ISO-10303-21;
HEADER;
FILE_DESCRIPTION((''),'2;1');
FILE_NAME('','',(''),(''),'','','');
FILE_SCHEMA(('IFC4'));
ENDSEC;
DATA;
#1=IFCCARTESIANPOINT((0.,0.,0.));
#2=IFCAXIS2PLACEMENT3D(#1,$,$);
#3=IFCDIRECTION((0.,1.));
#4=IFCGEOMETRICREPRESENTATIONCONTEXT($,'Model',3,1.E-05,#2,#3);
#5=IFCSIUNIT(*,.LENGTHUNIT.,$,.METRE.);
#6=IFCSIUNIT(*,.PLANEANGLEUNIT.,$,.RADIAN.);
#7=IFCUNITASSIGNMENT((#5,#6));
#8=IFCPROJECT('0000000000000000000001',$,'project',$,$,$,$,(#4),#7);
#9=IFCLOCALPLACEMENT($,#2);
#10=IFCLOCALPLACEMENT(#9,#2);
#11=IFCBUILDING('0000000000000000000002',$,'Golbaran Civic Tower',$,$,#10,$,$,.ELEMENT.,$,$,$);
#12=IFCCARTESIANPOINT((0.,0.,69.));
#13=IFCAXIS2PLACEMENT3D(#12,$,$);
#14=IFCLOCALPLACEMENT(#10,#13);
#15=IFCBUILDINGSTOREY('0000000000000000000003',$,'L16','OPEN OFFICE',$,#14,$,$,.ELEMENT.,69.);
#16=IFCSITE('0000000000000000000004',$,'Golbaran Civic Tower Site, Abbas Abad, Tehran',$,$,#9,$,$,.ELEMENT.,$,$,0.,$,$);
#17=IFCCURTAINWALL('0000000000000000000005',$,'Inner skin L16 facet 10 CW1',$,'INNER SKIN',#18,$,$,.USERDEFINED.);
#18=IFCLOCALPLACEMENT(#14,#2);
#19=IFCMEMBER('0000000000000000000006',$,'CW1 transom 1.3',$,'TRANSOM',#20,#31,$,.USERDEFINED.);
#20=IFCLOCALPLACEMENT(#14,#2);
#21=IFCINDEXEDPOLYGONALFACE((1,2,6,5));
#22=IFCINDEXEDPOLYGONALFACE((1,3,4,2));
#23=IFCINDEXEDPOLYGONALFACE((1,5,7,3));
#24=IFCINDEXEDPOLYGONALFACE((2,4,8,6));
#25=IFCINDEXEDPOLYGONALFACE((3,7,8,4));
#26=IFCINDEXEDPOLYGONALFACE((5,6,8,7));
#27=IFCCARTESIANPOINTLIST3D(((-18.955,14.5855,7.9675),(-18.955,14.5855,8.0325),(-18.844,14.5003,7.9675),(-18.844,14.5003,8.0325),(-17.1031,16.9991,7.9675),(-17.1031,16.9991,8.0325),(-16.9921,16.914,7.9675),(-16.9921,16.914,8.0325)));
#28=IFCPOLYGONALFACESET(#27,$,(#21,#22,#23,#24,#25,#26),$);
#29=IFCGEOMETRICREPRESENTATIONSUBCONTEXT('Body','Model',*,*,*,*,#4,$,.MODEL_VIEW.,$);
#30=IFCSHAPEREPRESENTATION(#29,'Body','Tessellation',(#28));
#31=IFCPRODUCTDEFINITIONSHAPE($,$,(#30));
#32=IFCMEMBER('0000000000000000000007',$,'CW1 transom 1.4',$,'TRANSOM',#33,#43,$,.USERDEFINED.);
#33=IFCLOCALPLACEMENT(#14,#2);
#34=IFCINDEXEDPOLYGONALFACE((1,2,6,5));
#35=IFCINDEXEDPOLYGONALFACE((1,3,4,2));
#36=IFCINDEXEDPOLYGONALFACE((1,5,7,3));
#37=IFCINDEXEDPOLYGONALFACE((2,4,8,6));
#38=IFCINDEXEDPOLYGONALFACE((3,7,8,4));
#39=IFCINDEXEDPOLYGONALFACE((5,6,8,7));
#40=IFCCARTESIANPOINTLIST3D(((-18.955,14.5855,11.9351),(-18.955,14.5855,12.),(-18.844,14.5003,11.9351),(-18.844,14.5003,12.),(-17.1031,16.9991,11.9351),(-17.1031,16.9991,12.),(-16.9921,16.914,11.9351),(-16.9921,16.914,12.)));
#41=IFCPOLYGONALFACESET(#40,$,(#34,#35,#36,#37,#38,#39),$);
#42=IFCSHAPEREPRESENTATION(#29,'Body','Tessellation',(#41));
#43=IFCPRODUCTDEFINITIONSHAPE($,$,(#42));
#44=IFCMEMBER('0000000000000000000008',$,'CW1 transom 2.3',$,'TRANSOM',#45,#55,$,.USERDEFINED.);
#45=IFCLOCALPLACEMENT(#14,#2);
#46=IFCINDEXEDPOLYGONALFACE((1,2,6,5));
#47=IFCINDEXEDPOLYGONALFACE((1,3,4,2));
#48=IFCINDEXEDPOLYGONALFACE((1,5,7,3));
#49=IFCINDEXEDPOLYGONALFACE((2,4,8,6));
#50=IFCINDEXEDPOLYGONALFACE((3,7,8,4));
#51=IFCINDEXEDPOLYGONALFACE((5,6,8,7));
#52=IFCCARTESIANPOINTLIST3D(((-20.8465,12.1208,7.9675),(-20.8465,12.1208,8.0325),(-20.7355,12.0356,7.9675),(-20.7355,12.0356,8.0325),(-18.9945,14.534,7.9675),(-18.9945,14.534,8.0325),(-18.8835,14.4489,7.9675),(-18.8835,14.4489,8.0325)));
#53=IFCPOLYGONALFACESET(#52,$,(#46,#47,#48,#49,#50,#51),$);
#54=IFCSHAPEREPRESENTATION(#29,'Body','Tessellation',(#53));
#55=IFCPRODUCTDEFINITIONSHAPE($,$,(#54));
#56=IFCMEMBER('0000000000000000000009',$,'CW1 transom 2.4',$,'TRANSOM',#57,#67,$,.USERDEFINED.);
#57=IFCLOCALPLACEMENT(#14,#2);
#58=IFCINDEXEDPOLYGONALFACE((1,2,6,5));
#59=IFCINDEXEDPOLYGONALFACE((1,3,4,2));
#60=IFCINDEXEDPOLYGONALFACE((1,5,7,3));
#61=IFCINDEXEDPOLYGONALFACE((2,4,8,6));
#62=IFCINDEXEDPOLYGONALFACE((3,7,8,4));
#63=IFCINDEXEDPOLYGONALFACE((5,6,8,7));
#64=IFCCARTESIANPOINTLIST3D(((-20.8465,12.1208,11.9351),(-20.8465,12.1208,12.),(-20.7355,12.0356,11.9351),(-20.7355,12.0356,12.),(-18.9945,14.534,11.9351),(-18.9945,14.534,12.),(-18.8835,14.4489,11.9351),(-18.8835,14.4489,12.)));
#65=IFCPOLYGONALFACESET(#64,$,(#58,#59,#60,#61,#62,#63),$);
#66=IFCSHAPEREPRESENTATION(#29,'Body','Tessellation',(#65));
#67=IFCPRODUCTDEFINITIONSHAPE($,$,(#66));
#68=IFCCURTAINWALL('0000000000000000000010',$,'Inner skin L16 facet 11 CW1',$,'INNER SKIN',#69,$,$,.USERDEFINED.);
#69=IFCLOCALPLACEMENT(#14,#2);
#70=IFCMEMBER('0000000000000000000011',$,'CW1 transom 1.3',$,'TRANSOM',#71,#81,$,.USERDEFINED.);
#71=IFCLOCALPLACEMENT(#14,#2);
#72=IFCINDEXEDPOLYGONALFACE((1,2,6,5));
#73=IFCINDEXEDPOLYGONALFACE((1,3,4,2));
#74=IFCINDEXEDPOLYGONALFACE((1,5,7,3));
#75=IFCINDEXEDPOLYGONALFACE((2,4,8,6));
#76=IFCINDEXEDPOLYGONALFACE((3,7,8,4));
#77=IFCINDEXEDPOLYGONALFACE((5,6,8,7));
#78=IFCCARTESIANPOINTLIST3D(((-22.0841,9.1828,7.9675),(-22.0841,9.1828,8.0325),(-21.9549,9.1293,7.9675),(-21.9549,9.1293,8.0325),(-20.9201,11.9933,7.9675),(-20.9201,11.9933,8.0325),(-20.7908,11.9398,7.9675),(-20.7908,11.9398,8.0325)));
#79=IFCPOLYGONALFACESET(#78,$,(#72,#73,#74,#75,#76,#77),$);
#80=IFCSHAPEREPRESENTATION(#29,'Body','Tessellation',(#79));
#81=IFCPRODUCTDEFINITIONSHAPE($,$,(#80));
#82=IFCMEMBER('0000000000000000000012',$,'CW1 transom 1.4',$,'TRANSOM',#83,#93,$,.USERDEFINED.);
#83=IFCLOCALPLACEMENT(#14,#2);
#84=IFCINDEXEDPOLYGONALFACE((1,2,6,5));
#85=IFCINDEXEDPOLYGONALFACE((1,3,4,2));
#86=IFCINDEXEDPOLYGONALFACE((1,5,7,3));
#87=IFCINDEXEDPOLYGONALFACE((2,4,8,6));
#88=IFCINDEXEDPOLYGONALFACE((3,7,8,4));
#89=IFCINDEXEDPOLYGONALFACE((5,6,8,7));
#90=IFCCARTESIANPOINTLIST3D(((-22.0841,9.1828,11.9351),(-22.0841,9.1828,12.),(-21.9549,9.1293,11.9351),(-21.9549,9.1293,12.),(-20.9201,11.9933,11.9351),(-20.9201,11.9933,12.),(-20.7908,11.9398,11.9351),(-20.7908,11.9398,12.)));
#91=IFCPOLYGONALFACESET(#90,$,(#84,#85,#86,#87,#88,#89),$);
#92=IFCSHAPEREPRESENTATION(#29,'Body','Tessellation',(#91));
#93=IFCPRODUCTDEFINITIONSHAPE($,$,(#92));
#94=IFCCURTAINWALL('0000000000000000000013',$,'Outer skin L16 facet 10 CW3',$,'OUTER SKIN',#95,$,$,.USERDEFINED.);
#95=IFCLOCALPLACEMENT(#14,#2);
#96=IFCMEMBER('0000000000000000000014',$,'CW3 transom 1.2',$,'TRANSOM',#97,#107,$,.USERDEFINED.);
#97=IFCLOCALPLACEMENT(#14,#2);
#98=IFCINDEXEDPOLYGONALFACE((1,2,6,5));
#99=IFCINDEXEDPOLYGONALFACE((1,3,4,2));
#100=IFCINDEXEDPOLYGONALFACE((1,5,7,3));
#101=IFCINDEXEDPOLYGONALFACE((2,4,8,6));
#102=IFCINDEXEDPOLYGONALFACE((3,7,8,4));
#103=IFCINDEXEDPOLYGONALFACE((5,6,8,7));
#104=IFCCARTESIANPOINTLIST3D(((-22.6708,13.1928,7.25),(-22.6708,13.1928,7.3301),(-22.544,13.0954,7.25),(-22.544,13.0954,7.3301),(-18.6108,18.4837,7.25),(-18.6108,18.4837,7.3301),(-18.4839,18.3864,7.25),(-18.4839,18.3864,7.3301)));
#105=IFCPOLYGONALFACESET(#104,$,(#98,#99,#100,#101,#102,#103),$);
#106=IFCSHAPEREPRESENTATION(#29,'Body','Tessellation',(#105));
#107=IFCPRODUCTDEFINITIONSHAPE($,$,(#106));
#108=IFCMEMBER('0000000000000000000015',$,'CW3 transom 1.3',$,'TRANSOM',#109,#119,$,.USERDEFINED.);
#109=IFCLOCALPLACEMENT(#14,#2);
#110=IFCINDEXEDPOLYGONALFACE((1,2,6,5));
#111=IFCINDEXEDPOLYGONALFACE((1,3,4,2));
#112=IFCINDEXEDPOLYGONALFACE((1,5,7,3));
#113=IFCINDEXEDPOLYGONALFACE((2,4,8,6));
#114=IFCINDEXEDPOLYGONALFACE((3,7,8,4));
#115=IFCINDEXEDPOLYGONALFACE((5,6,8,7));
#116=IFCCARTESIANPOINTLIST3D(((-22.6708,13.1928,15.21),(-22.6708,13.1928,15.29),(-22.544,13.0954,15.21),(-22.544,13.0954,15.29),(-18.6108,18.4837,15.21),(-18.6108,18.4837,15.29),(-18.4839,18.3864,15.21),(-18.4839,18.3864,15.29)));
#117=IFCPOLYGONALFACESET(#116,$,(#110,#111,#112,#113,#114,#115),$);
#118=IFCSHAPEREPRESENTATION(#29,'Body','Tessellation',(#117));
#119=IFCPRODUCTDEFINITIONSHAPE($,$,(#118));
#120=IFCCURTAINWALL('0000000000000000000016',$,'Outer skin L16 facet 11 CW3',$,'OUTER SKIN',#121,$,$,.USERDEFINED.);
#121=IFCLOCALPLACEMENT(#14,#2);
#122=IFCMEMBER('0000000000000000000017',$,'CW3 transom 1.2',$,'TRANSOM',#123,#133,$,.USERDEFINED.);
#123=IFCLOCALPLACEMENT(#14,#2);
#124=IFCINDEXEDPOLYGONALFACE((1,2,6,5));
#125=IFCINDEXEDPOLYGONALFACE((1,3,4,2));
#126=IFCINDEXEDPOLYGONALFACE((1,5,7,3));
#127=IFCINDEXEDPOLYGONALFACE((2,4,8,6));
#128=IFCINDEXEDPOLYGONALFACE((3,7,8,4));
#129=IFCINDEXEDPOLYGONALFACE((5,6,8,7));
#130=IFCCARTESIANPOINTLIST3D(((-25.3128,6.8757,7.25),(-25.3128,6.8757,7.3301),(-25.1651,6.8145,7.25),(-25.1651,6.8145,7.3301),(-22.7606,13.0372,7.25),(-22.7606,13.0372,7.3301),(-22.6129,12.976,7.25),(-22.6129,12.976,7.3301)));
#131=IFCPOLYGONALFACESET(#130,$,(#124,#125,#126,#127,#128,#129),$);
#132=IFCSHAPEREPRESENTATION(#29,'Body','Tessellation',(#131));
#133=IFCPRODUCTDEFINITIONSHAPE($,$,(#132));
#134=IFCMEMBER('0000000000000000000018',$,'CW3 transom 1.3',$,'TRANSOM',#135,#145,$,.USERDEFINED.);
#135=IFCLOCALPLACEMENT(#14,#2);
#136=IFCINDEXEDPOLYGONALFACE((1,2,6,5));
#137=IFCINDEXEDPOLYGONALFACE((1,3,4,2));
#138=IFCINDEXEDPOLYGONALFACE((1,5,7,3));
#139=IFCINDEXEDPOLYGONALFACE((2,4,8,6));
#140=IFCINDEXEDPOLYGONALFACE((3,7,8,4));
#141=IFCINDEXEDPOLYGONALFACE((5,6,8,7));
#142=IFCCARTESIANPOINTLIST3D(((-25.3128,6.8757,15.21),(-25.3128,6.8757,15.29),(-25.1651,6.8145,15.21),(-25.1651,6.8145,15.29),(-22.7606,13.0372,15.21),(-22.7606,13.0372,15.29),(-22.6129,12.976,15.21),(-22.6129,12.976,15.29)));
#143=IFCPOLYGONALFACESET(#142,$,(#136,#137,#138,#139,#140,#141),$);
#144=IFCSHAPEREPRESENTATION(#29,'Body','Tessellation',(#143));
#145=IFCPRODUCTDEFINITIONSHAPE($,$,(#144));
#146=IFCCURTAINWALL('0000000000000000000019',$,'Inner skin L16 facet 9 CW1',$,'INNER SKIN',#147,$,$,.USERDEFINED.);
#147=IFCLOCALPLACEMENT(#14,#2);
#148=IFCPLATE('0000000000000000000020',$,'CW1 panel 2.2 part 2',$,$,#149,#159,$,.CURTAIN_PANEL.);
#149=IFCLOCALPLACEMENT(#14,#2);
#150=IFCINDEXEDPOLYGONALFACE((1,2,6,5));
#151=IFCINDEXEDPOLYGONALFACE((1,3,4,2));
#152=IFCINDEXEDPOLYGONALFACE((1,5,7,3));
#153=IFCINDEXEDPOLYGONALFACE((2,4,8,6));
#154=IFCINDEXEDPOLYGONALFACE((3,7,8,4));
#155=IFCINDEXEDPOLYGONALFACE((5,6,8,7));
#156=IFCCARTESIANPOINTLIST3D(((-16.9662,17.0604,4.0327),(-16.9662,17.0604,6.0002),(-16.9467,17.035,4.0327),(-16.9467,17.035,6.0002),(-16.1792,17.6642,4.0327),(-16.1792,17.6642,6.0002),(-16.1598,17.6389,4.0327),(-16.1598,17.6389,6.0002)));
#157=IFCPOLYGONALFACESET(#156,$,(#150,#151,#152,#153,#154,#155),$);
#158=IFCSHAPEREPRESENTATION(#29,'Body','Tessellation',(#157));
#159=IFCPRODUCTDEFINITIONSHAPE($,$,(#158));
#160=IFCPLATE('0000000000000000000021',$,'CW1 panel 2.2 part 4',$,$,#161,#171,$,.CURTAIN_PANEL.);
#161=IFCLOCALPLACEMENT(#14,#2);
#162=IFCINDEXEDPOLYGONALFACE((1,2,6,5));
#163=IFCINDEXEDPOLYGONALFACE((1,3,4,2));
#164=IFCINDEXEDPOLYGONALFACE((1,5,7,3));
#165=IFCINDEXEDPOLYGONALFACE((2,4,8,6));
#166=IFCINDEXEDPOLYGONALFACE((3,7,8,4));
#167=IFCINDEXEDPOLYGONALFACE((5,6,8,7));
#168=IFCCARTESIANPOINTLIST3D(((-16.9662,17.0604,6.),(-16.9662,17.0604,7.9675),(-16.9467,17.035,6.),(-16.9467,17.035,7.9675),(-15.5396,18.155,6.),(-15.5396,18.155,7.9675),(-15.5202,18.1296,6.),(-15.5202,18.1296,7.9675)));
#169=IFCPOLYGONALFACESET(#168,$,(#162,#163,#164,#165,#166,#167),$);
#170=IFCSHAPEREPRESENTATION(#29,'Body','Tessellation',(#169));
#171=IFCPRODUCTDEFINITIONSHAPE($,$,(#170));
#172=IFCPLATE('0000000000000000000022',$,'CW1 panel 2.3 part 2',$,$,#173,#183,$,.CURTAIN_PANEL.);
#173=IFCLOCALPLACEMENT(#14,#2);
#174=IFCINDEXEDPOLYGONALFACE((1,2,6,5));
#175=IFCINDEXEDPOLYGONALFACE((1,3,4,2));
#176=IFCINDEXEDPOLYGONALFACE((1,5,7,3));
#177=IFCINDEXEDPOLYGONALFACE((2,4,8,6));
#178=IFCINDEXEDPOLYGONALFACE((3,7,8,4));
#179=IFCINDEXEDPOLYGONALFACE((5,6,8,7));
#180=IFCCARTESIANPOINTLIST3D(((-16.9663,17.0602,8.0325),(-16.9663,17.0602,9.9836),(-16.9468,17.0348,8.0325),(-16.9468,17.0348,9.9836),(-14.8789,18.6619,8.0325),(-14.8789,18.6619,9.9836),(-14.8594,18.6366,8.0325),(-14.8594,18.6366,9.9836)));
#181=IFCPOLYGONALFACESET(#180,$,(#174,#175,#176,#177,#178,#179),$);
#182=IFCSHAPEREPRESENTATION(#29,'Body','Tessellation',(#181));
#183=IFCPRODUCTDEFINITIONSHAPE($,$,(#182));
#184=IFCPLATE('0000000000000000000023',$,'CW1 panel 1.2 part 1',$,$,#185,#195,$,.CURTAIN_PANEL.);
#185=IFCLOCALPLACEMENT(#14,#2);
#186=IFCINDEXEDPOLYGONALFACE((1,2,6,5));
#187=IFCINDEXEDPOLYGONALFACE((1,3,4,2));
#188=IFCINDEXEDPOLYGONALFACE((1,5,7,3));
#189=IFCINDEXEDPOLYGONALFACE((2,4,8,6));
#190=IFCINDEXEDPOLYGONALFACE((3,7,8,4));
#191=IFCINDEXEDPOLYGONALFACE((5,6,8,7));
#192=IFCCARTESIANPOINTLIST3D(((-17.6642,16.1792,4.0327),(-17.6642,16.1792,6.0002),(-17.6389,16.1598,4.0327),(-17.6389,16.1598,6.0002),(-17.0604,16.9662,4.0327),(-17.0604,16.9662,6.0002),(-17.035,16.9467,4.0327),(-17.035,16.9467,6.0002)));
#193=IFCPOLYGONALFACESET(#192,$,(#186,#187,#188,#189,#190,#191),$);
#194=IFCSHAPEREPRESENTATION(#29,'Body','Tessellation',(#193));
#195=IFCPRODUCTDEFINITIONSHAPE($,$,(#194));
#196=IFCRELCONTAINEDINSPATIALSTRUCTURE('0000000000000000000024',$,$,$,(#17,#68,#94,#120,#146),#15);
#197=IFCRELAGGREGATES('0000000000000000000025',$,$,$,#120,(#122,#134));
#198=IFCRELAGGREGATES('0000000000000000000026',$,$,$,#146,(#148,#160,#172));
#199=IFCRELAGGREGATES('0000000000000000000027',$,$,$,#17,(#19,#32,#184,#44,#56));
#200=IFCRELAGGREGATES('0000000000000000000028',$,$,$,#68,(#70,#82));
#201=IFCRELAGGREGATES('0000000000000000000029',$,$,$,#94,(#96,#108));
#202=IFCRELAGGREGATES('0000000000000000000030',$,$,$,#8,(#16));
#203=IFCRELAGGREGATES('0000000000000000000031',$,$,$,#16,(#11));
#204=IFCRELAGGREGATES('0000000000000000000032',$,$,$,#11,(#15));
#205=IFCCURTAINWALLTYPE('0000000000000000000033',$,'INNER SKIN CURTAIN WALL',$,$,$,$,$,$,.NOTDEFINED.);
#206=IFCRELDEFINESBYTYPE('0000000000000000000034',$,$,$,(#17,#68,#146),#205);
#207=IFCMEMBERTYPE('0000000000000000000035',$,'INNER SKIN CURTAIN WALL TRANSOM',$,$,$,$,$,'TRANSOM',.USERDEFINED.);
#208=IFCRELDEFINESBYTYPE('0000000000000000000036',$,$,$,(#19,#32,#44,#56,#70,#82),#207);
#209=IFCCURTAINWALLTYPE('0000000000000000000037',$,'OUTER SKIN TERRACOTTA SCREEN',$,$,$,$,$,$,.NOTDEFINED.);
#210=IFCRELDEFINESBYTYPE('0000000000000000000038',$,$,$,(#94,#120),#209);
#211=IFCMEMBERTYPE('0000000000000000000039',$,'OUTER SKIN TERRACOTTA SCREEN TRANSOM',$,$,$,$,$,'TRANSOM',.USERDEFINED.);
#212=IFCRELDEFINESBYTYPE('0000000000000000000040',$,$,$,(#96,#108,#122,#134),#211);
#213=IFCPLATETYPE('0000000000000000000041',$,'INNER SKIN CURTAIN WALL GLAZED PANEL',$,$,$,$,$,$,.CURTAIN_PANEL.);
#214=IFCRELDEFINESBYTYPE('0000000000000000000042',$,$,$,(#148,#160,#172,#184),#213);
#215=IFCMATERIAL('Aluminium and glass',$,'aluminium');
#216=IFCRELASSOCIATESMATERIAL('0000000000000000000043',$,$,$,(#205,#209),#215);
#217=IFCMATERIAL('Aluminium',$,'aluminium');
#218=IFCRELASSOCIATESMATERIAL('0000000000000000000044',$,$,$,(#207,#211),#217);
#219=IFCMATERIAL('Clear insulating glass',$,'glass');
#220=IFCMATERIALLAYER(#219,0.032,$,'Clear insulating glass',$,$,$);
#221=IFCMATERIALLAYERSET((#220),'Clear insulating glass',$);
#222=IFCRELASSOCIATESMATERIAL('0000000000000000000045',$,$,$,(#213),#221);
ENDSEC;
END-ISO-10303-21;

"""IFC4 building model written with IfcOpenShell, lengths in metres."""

from ifc_helpers import new_model, si_unit, direction, frame, origin, origin_2d, place, context, subcontext, project, spatial, rectangle, extrude, material, layer, layer_set, material_profile, profile_set, type_object, element, aggregate, save


model = new_model("IFC4")

# Units and contexts
model_context = context("Model", 3, precision=1e-05, world=origin(), true_north=direction((0.0, 1.0)))
body_context = subcontext(model_context, "Body", "Model", "MODEL_VIEW")
ifc_project = project(units=[si_unit("LENGTHUNIT", "METRE"), si_unit("PLANEANGLEUNIT", "RADIAN")], contexts=[model_context])

# Site, building, storey
site_placement = place(None, origin())
site = spatial("IfcSite", under=ifc_project, at=site_placement, Name="Golbaran Civic Tower Site, Abbas Abad, Tehran", CompositionType="ELEMENT", RefElevation=0.0)
building_placement = place(site_placement, origin())
building = spatial("IfcBuilding", under=site, at=building_placement, Name="Golbaran Civic Tower", CompositionType="ELEMENT")
storey_placement = place(building_placement, frame((0.0, 0.0, 69.0)))
storey = spatial("IfcBuildingStorey", under=building, at=storey_placement, Name="L16", Description="OPEN OFFICE", CompositionType="ELEMENT", Elevation=69.0)

# Curtain walls, members
ifc_material_1 = material(Name="Aluminium and glass", Category="aluminium")
curtain_wall_type_1 = type_object("IfcCurtainWallType", Name="INNER SKIN CURTAIN WALL", PredefinedType="NOTDEFINED", material=ifc_material_1)
curtain_wall_1_placement = place(storey_placement, origin())
curtain_wall_1 = element("IfcCurtainWall", 1, at=curtain_wall_1_placement, inside=storey, type_object=curtain_wall_type_1, Name="Inner skin L16 facet 10 CW1", ObjectType="INNER SKIN", PredefinedType="USERDEFINED")
ifc_material_2 = material(Name="Aluminium", Category="aluminium")
ifc_material_profile_1 = material_profile(ifc_material_2, rectangle(XDim=0.1399, YDim=0.0649, at=origin_2d()), Name="INNER SKIN CURTAIN WALL TRANSOM")
ifc_profile_set_1 = profile_set([ifc_material_profile_1], Name="Aluminium")
member_type_1 = type_object("IfcMemberType", Name="INNER SKIN CURTAIN WALL TRANSOM", ElementType="TRANSOM", PredefinedType="USERDEFINED", material=ifc_profile_set_1)
member_1_placement = place(storey_placement, frame((-17.0476, 16.9565, 8.0), z_axis=(-0.608721, -0.793384, 0.0), x_axis=(0.793384, -0.608721, 0.0)))
member_1 = element("IfcMember", 2, at=member_1_placement, type_object=member_type_1, Name="CW1 transom 1.3", ObjectType="TRANSOM", PredefinedType="USERDEFINED", context=body_context, shape_type="SweptSolid", body=[
    extrude(rectangle(XDim=0.1399, YDim=0.0649, at=origin_2d()), origin(), (0.0, 0.0, 1.0), 3.0422),
])
member_2_placement = place(storey_placement, frame((-17.0476, 16.9565, 11.9675), z_axis=(-0.608721, -0.793384, 0.0), x_axis=(0.793384, -0.608721, 0.0)))
member_2 = element("IfcMember", 3, at=member_2_placement, type_object=member_type_1, Name="CW1 transom 1.4", ObjectType="TRANSOM", PredefinedType="USERDEFINED", context=body_context, shape_type="SweptSolid", body=[
    extrude(rectangle(XDim=0.1399, YDim=0.0649, at=origin_2d()), origin(), (0.0, 0.0, 1.0), 3.0422),
])
member_3_placement = place(storey_placement, frame((-18.939, 14.4915, 8.0), z_axis=(-0.608811, -0.793316, 0.0), x_axis=(0.793316, -0.608811, 0.0)))
member_3 = element("IfcMember", 4, at=member_3_placement, type_object=member_type_1, Name="CW1 transom 2.3", ObjectType="TRANSOM", PredefinedType="USERDEFINED", context=body_context, shape_type="SweptSolid", body=[
    extrude(rectangle(XDim=0.1399, YDim=0.0649, at=origin_2d()), origin(), (0.0, 0.0, 1.0), 3.042),
])
member_4_placement = place(storey_placement, frame((-18.939, 14.4915, 11.9675), z_axis=(-0.608811, -0.793316, 0.0), x_axis=(0.793316, -0.608811, 0.0)))
member_4 = element("IfcMember", 5, at=member_4_placement, type_object=member_type_1, Name="CW1 transom 2.4", ObjectType="TRANSOM", PredefinedType="USERDEFINED", context=body_context, shape_type="SweptSolid", body=[
    extrude(rectangle(XDim=0.1399, YDim=0.0649, at=origin_2d()), origin(), (0.0, 0.0, 1.0), 3.042),
])
curtain_wall_2_placement = place(storey_placement, origin())
curtain_wall_2 = element("IfcCurtainWall", 6, at=curtain_wall_2_placement, inside=storey, type_object=curtain_wall_type_1, Name="Inner skin L16 facet 11 CW1", ObjectType="INNER SKIN", PredefinedType="USERDEFINED")
member_5_placement = place(storey_placement, frame((-20.8555, 11.9666, 8.0), z_axis=(-0.382654, -0.923892, 0.0), x_axis=(0.923892, -0.382654, 0.0)))
member_5 = element("IfcMember", 7, at=member_5_placement, type_object=member_type_1, Name="CW1 transom 1.3", ObjectType="TRANSOM", PredefinedType="USERDEFINED", context=body_context, shape_type="SweptSolid", body=[
    extrude(rectangle(XDim=0.1399, YDim=0.0649, at=origin_2d()), origin(), (0.0, 0.0, 1.0), 3.042),
])
member_6_placement = place(storey_placement, frame((-20.8555, 11.9666, 11.9675), z_axis=(-0.382654, -0.923892, 0.0), x_axis=(0.923892, -0.382654, 0.0)))
member_6 = element("IfcMember", 8, at=member_6_placement, type_object=member_type_1, Name="CW1 transom 1.4", ObjectType="TRANSOM", PredefinedType="USERDEFINED", context=body_context, shape_type="SweptSolid", body=[
    extrude(rectangle(XDim=0.1399, YDim=0.0649, at=origin_2d()), origin(), (0.0, 0.0, 1.0), 3.042),
])
curtain_wall_type_2 = type_object("IfcCurtainWallType", Name="OUTER SKIN TERRACOTTA SCREEN", PredefinedType="NOTDEFINED", material=ifc_material_1)
curtain_wall_3_placement = place(storey_placement, origin())
curtain_wall_3 = element("IfcCurtainWall", 9, at=curtain_wall_3_placement, inside=storey, type_object=curtain_wall_type_2, Name="Outer skin L16 facet 10 CW3", ObjectType="OUTER SKIN", PredefinedType="USERDEFINED")
ifc_material_profile_2 = material_profile(ifc_material_2, rectangle(XDim=0.1599, YDim=0.0801, at=origin_2d()), Name="OUTER SKIN TERRACOTTA SCREEN TRANSOM")
ifc_profile_set_2 = profile_set([ifc_material_profile_2], Name="Aluminium")
member_type_2 = type_object("IfcMemberType", Name="OUTER SKIN TERRACOTTA SCREEN TRANSOM", ElementType="TRANSOM", PredefinedType="USERDEFINED", material=ifc_profile_set_2)
member_7_placement = place(storey_placement, frame((-18.5474, 18.4351, 7.29), z_axis=(-0.608773, -0.793345, 0.0), x_axis=(0.793345, -0.608773, 0.0)))
member_7 = element("IfcMember", 10, at=member_7_placement, type_object=member_type_2, Name="CW3 transom 1.2", ObjectType="TRANSOM", PredefinedType="USERDEFINED", context=body_context, shape_type="SweptSolid", body=[
    extrude(rectangle(XDim=0.1599, YDim=0.0801, at=origin_2d()), origin(), (0.0, 0.0, 1.0), 6.6692),
])
member_8_placement = place(storey_placement, frame((-18.5474, 18.4351, 15.25), z_axis=(-0.608773, -0.793345, 0.0), x_axis=(0.793345, -0.608773, 0.0)))
member_8 = element("IfcMember", 11, at=member_8_placement, type_object=member_type_2, Name="CW3 transom 1.3", ObjectType="TRANSOM", PredefinedType="USERDEFINED", context=body_context, shape_type="SweptSolid", body=[
    extrude(rectangle(XDim=0.1599, YDim=0.0801, at=origin_2d()), origin(), (0.0, 0.0, 1.0), 6.6692),
])
curtain_wall_4_placement = place(storey_placement, origin())
curtain_wall_4 = element("IfcCurtainWall", 12, at=curtain_wall_4_placement, inside=storey, type_object=curtain_wall_type_2, Name="Outer skin L16 facet 11 CW3", ObjectType="OUTER SKIN", PredefinedType="USERDEFINED")
member_9_placement = place(storey_placement, frame((-22.6868, 13.0066, 7.29), z_axis=(-0.382686, -0.923879, 0.0), x_axis=(0.923879, -0.382686, 0.0)))
member_9 = element("IfcMember", 13, at=member_9_placement, type_object=member_type_2, Name="CW3 transom 1.2", ObjectType="TRANSOM", PredefinedType="USERDEFINED", context=body_context, shape_type="SweptSolid", body=[
    extrude(rectangle(XDim=0.1599, YDim=0.0801, at=origin_2d()), origin(), (0.0, 0.0, 1.0), 6.6692),
])
member_10_placement = place(storey_placement, frame((-22.6868, 13.0066, 15.25), z_axis=(-0.382686, -0.923879, 0.0), x_axis=(0.923879, -0.382686, 0.0)))
member_10 = element("IfcMember", 14, at=member_10_placement, type_object=member_type_2, Name="CW3 transom 1.3", ObjectType="TRANSOM", PredefinedType="USERDEFINED", context=body_context, shape_type="SweptSolid", body=[
    extrude(rectangle(XDim=0.1599, YDim=0.0801, at=origin_2d()), origin(), (0.0, 0.0, 1.0), 6.6692),
])
aggregate(curtain_wall_4, [member_9, member_10])

# Curtain wall, plates
curtain_wall_5_placement = place(storey_placement, origin())
curtain_wall_5 = element("IfcCurtainWall", 15, at=curtain_wall_5_placement, inside=storey, type_object=curtain_wall_type_1, Name="Inner skin L16 facet 9 CW1", ObjectType="INNER SKIN", PredefinedType="USERDEFINED")
ifc_material_3 = material(Name="Clear insulating glass", Category="glass")
ifc_layer_1 = layer(ifc_material_3, 0.032, Name="Clear insulating glass")
ifc_layer_set_1 = layer_set([ifc_layer_1], Name="Clear insulating glass")
plate_type_1 = type_object("IfcPlateType", Name="INNER SKIN CURTAIN WALL GLAZED PANEL", PredefinedType="CURTAIN_PANEL", material=ifc_layer_set_1)
plate_1_placement = place(storey_placement, frame((-16.563, 17.3496, 4.0327), z_axis=(0.0, 0.0, 1.0), x_axis=(-0.793353, -0.608761, 0.0)))
plate_1 = element("IfcPlate", 16, at=plate_1_placement, type_object=plate_type_1, Name="CW1 panel 2.2 part 2", PredefinedType="CURTAIN_PANEL", context=body_context, shape_type="SweptSolid", body=[
    extrude(rectangle(XDim=0.9919, YDim=0.032, at=origin_2d()), origin(), (0.0, 0.0, 1.0), 1.9675),
])
plate_2_placement = place(storey_placement, frame((-16.2432, 17.595, 6.0), z_axis=(0.0, 0.0, 1.0), x_axis=(-0.793353, -0.608761, 0.0)))
plate_2 = element("IfcPlate", 17, at=plate_2_placement, type_object=plate_type_1, Name="CW1 panel 2.2 part 4", PredefinedType="CURTAIN_PANEL", context=body_context, shape_type="SweptSolid", body=[
    extrude(rectangle(XDim=1.7981, YDim=0.032, at=origin_2d()), origin(), (0.0, 0.0, 1.0), 1.9675),
])
plate_3_placement = place(storey_placement, frame((-15.9128, 17.8484, 8.0325), z_axis=(0.0, 0.0, 1.0), x_axis=(-0.793353, -0.608761, 0.0)))
plate_3 = element("IfcPlate", 18, at=plate_3_placement, type_object=plate_type_1, Name="CW1 panel 2.3 part 2", PredefinedType="CURTAIN_PANEL", context=body_context, shape_type="SweptSolid", body=[
    extrude(rectangle(XDim=2.6311, YDim=0.032, at=origin_2d()), origin(), (0.0, 0.0, 1.0), 1.9512),
])
aggregate(curtain_wall_5, [plate_1, plate_2, plate_3])

# Plate
plate_4_placement = place(storey_placement, frame((-17.3496, 16.563, 4.0327), z_axis=(0.0, 0.0, 1.0), x_axis=(-0.608761, -0.793353, 0.0)))
plate_4 = element("IfcPlate", 19, at=plate_4_placement, type_object=plate_type_1, Name="CW1 panel 1.2 part 1", PredefinedType="CURTAIN_PANEL", context=body_context, shape_type="SweptSolid", body=[
    extrude(rectangle(XDim=0.9919, YDim=0.032, at=origin_2d()), origin(), (0.0, 0.0, 1.0), 1.9675),
])
aggregate(curtain_wall_1, [member_1, member_2, plate_4, member_3, member_4])
aggregate(curtain_wall_2, [member_5, member_6])
aggregate(curtain_wall_3, [member_7, member_8])

save(model, "model.ifc")
